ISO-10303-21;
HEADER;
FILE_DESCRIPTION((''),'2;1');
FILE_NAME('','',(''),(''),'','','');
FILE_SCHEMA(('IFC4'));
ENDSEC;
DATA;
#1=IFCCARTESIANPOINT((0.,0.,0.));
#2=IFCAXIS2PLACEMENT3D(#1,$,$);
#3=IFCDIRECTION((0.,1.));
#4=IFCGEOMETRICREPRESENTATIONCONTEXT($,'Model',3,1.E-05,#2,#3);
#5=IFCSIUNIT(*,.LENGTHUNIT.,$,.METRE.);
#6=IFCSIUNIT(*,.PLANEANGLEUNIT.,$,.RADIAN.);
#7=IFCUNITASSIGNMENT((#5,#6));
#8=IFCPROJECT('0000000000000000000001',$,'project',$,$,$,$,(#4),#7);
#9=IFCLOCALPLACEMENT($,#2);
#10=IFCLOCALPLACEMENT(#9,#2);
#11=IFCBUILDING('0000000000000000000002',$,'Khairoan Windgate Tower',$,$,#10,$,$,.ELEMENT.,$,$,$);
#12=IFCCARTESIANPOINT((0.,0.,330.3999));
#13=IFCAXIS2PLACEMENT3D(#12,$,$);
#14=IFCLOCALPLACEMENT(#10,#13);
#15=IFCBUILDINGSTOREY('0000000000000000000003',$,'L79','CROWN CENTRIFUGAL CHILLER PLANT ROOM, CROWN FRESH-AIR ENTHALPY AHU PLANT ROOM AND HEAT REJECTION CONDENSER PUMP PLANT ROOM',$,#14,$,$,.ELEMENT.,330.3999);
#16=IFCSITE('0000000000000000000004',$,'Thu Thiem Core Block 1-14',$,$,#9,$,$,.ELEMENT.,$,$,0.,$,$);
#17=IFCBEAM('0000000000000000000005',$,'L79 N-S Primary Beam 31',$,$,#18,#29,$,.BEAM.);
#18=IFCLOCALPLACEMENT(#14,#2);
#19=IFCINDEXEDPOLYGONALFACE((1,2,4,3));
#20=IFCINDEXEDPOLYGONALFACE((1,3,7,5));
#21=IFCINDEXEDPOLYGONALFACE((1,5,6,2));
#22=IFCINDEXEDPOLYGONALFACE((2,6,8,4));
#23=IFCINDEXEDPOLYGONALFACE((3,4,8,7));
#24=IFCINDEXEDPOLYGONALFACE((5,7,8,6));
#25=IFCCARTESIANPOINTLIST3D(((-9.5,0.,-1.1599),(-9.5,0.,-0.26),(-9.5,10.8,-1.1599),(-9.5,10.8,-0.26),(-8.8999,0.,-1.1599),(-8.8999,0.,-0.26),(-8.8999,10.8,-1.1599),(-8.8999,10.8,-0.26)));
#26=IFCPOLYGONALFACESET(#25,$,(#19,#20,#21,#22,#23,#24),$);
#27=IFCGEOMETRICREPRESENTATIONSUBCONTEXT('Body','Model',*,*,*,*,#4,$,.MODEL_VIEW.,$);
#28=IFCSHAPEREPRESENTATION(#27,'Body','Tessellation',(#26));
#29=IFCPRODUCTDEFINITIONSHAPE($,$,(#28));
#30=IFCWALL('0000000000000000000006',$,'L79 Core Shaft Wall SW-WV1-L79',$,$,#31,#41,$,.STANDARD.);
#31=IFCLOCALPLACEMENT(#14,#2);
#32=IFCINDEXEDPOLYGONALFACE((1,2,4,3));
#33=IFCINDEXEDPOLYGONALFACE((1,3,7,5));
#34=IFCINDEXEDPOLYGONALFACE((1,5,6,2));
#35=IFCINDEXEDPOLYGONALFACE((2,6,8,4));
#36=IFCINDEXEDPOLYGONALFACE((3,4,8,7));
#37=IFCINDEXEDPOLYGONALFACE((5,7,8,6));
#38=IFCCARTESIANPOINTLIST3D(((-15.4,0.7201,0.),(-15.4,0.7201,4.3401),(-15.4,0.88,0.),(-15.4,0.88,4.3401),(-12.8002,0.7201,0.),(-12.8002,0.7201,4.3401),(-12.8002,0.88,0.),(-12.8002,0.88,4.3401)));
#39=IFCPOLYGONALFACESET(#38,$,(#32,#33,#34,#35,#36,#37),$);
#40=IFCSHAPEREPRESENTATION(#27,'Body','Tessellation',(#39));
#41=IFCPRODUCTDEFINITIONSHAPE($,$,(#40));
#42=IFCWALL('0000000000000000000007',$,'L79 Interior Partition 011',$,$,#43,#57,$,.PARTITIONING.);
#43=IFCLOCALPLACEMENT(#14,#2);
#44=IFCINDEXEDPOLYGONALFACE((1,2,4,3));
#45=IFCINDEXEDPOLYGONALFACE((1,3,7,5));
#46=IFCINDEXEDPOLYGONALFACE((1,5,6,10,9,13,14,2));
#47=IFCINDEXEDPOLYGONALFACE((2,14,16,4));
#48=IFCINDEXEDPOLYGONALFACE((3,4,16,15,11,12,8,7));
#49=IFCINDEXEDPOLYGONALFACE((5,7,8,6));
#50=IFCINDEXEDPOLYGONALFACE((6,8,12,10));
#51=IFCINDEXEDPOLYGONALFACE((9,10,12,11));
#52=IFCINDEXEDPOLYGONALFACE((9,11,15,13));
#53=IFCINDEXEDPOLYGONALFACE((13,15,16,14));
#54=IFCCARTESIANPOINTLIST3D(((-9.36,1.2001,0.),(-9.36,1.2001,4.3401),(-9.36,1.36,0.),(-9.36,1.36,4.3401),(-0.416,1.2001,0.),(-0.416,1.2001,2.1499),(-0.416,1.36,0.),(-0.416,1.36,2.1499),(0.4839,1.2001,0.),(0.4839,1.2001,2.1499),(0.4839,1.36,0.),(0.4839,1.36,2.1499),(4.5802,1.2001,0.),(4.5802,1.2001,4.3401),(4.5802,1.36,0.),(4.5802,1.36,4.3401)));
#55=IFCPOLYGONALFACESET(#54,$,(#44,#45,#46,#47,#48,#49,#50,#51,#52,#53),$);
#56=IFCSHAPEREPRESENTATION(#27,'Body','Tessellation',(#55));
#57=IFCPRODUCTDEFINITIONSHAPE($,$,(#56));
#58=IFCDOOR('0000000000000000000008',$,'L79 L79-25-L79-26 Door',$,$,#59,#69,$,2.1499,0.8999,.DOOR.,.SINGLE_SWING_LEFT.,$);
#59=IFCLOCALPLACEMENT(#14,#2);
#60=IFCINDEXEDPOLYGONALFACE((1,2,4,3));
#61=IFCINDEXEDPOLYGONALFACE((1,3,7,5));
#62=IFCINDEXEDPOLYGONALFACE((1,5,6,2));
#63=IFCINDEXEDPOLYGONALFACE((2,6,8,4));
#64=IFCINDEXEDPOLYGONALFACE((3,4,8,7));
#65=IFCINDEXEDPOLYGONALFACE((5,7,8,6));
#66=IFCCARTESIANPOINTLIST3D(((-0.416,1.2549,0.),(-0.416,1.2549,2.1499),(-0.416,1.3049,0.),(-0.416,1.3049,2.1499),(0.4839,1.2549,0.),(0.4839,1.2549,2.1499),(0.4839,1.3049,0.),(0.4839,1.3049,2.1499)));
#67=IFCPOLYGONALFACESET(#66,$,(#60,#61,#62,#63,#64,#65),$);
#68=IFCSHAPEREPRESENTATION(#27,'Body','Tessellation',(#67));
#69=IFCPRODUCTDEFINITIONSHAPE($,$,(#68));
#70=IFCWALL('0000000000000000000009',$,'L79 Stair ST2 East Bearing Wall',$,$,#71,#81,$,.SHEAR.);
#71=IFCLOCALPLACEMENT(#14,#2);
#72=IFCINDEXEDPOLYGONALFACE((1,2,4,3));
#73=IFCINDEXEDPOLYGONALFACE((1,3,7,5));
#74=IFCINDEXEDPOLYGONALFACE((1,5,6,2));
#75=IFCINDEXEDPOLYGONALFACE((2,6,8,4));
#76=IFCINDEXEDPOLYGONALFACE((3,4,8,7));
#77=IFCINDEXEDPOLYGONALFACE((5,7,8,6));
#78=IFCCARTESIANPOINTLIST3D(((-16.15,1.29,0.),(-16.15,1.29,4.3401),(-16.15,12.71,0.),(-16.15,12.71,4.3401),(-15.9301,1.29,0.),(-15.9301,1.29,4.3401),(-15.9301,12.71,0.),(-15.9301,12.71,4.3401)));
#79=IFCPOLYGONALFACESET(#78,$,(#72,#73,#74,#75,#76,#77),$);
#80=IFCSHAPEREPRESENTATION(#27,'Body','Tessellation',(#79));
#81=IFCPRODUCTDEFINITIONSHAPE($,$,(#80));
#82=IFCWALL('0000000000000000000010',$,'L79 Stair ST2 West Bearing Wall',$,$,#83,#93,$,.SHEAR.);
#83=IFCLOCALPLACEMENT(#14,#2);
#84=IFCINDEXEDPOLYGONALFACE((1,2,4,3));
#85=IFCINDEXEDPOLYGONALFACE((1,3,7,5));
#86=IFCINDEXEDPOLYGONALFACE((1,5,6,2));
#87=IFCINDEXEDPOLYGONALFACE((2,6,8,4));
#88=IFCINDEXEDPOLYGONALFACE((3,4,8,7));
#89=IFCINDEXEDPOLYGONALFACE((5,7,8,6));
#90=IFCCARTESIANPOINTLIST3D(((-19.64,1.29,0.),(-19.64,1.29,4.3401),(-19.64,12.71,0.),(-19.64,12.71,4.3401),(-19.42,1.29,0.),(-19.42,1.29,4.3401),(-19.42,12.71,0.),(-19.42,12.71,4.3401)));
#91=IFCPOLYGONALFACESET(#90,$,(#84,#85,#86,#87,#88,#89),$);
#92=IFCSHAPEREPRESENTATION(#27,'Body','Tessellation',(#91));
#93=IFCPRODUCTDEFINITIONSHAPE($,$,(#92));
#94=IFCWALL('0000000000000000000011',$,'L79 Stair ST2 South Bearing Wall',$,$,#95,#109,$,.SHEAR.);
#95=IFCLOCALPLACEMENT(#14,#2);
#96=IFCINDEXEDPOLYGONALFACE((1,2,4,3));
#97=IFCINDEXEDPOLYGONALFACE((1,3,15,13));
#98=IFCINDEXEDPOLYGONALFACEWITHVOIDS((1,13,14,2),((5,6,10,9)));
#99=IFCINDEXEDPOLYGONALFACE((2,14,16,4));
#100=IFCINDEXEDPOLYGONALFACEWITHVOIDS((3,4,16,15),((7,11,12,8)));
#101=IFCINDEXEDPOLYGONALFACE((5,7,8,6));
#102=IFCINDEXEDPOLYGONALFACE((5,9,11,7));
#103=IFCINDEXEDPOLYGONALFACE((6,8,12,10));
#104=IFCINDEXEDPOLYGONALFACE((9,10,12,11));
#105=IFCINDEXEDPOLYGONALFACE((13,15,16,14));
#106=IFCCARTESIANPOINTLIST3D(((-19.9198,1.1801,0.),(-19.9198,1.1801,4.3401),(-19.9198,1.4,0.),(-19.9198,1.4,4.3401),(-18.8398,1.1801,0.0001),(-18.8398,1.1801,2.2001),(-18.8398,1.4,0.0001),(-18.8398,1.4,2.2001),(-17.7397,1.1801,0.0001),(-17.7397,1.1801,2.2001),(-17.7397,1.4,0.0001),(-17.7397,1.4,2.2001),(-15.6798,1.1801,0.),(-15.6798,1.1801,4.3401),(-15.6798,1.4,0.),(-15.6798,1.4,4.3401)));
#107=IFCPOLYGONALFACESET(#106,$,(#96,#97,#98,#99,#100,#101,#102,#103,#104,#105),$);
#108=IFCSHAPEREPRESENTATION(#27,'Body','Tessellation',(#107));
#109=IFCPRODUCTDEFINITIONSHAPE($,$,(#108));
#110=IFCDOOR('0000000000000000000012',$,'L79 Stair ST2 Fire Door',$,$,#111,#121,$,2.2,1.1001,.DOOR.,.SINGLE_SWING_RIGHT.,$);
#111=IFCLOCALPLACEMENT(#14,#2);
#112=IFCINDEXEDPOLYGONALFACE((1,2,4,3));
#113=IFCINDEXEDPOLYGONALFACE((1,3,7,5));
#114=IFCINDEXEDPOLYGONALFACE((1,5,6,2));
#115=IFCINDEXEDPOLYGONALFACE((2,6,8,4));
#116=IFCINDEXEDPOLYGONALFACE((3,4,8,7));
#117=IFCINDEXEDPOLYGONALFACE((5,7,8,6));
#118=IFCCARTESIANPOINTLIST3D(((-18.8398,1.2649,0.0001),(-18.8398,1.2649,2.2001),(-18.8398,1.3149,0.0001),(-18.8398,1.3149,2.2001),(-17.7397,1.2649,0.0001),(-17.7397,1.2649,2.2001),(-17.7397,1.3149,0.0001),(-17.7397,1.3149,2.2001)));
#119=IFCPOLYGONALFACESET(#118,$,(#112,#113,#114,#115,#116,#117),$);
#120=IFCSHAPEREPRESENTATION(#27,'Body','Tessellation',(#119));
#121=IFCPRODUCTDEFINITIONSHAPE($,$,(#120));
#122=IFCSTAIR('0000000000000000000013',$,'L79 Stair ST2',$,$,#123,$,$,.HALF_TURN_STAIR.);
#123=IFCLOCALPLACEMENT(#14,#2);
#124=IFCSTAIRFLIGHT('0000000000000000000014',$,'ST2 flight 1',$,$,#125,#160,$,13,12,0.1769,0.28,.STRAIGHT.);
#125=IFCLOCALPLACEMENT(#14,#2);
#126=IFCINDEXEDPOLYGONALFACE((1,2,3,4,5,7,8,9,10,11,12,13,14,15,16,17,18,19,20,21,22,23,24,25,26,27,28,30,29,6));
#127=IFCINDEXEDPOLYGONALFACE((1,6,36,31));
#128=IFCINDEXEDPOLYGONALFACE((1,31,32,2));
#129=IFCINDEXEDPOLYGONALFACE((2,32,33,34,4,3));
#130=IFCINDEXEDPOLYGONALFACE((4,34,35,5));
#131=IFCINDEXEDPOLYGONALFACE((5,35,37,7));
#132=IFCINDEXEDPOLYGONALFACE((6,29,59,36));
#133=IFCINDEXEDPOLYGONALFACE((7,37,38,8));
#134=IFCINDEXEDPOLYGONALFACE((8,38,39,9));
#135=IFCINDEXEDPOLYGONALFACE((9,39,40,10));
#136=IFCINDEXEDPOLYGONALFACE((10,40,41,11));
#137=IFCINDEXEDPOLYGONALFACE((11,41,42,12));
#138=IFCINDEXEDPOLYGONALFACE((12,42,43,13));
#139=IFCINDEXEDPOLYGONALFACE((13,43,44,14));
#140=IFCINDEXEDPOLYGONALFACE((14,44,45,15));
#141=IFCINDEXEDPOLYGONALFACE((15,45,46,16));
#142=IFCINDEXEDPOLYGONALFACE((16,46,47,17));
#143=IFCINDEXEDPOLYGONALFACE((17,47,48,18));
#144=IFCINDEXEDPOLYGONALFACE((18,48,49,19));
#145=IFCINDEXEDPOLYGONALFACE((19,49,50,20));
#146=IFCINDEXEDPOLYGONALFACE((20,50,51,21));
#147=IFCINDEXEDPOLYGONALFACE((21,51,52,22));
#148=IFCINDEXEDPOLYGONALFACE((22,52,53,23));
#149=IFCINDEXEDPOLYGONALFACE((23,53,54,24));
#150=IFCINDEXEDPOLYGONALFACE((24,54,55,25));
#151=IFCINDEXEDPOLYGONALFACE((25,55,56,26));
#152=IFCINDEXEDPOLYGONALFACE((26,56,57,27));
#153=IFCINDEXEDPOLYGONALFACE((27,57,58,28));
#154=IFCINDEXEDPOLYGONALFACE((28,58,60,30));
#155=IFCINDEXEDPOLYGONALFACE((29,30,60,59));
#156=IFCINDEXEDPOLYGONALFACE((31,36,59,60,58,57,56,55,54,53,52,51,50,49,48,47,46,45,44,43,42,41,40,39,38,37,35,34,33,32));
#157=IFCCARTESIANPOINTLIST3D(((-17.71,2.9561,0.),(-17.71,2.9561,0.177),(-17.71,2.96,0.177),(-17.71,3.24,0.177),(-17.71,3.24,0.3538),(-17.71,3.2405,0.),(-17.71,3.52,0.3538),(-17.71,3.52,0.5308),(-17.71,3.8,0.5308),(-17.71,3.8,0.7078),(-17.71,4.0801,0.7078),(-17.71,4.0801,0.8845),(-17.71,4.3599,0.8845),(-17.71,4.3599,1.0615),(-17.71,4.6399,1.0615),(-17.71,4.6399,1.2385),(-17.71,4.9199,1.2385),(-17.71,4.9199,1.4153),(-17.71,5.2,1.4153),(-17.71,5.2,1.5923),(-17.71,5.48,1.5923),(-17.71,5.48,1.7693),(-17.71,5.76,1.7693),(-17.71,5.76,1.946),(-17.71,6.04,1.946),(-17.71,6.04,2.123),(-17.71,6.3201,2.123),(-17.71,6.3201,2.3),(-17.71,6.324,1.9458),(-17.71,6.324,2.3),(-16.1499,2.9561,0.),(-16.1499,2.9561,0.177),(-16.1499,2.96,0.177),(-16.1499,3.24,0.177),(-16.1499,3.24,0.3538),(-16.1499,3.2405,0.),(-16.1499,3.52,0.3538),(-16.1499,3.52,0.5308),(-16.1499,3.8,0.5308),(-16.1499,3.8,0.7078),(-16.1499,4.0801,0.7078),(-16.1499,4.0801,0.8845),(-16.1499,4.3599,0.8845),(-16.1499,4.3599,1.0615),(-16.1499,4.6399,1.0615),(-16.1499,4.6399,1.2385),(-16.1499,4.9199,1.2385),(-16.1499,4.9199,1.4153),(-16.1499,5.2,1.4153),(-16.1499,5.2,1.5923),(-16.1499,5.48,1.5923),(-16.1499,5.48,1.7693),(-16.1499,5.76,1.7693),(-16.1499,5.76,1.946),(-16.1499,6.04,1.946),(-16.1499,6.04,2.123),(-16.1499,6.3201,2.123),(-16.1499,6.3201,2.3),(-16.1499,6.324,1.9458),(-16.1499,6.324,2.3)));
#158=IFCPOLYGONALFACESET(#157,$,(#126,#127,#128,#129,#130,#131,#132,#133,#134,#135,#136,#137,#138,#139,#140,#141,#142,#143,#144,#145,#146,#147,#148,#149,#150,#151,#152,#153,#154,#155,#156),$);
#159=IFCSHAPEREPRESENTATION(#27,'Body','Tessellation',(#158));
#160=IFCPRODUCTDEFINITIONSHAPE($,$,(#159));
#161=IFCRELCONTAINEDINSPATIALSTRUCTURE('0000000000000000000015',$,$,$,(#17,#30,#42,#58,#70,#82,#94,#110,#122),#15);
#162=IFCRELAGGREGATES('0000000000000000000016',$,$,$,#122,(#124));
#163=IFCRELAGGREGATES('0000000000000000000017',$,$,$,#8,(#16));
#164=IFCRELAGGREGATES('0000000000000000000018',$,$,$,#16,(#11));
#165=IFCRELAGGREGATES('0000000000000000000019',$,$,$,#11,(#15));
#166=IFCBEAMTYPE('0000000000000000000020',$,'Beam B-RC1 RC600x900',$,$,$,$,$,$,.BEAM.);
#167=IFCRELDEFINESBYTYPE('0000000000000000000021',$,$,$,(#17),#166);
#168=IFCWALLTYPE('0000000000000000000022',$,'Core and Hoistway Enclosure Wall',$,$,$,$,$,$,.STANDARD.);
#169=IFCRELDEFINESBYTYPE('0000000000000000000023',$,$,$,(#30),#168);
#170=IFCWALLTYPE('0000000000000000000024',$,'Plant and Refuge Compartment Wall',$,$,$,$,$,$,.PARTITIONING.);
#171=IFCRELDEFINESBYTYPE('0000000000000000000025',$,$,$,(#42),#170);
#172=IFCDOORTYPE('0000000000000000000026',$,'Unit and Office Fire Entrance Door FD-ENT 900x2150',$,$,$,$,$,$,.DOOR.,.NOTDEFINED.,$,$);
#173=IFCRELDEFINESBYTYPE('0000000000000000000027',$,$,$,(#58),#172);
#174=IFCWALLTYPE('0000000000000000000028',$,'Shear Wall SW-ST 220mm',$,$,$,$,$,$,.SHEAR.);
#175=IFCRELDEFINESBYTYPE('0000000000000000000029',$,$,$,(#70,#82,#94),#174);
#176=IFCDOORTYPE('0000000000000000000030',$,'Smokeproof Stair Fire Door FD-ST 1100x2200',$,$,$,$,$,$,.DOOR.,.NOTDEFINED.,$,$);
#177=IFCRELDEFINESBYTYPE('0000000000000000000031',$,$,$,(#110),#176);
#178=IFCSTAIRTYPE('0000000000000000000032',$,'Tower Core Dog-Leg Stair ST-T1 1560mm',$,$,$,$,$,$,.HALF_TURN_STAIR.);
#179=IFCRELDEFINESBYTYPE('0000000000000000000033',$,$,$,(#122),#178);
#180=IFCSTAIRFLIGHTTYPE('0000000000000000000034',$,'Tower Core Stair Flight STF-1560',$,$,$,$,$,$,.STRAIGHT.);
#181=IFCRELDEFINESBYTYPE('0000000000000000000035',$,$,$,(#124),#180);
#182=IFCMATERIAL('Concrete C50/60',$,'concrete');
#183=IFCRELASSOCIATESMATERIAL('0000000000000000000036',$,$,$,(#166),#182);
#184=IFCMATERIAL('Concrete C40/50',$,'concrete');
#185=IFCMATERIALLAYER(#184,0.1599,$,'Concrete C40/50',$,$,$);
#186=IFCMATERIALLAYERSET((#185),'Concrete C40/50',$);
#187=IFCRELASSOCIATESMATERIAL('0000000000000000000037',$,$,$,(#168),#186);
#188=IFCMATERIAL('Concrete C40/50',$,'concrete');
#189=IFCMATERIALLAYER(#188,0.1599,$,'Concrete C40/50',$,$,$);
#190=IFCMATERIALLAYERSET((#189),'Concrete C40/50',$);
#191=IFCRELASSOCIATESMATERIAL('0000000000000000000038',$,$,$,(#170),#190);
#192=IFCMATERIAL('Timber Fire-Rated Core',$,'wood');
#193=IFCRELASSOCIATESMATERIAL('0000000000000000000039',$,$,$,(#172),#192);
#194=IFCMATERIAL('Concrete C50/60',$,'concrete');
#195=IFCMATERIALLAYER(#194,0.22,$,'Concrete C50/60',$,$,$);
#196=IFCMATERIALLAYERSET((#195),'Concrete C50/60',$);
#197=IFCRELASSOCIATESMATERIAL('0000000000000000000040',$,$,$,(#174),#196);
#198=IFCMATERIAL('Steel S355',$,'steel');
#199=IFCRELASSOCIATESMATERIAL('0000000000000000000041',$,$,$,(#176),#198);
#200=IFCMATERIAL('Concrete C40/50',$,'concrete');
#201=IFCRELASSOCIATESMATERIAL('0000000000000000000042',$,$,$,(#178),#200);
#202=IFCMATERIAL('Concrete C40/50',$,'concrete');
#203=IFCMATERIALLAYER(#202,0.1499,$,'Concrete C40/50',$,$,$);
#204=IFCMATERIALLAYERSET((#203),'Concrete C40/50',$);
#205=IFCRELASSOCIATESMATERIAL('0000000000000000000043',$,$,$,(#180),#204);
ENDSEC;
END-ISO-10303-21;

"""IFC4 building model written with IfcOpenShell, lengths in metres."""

from ifc_helpers import new_model, si_unit, direction, frame, frame_2d, origin, origin_2d, place, context, subcontext, project, spatial, polyline, rectangle, outline, extrude, material, layer, layer_set, material_profile, profile_set, type_object, element, fill, aggregate, save


model = new_model("IFC4")

# Units and contexts
model_context = context("Model", 3, precision=1e-05, world=origin(), true_north=direction((0.0, 1.0)))
body_context = subcontext(model_context, "Body", "Model", "MODEL_VIEW")
ifc_project = project(units=[si_unit("LENGTHUNIT", "METRE"), si_unit("PLANEANGLEUNIT", "RADIAN")], contexts=[model_context])

# Site, building, storey
site_placement = place(None, origin())
site = spatial("IfcSite", under=ifc_project, at=site_placement, Name="Thu Thiem Core Block 1-14", CompositionType="ELEMENT", RefElevation=0.0)
building_placement = place(site_placement, origin())
building = spatial("IfcBuilding", under=site, at=building_placement, Name="Khairoan Windgate Tower", CompositionType="ELEMENT")
storey_placement = place(building_placement, frame((0.0, 0.0, 330.3999)))
storey = spatial("IfcBuildingStorey", under=building, at=storey_placement, Name="L79", Description="CROWN CENTRIFUGAL CHILLER PLANT ROOM, CROWN FRESH-AIR ENTHALPY AHU PLANT ROOM AND HEAT REJECTION CONDENSER PUMP PLANT ROOM", CompositionType="ELEMENT", Elevation=330.3999)

# Beam
ifc_material_1 = material(Name="Concrete C50/60", Category="concrete")
ifc_material_profile = material_profile(ifc_material_1, rectangle(XDim=0.6001, YDim=0.8999, at=origin_2d()))
ifc_profile_set = profile_set([ifc_material_profile], Name="Concrete C50/60")
beam_type = type_object("IfcBeamType", Name="Beam B-RC1 RC600x900", PredefinedType="BEAM", material=ifc_profile_set)
beam_placement = place(storey_placement, frame((-9.2, 0.0, -0.71), z_axis=(0.0, 1.0, 0.0), x_axis=(-1.0, 0.0, 0.0)))
element("IfcBeam", 1, at=beam_placement, inside=storey, type_object=beam_type, Name="L79 N-S Primary Beam 31", PredefinedType="BEAM", context=body_context, shape_type="SweptSolid", body=[
    extrude(rectangle(XDim=0.6001, YDim=0.8999, at=origin_2d()), origin(), (0.0, 0.0, 1.0), 10.8),
])

# Wall
ifc_material_2 = material(Name="Concrete C40/50", Category="concrete")
ifc_layer_1 = layer(ifc_material_2, 0.1599, Name="Concrete C40/50")
ifc_layer_set_1 = layer_set([ifc_layer_1], Name="Concrete C40/50")
wall_type_1 = type_object("IfcWallType", Name="Core and Hoistway Enclosure Wall", PredefinedType="STANDARD", material=ifc_layer_set_1)
wall_1_placement = place(storey_placement, frame((-15.3999, 0.8, 0.0), z_axis=(0.0, 0.0, 1.0), x_axis=(1.0, 0.0, 0.0)))
element("IfcWall", 2, at=wall_1_placement, inside=storey, type_object=wall_type_1, Name="L79 Core Shaft Wall SW-WV1-L79", PredefinedType="STANDARD", context=body_context, shape_type="SweptSolid", body=[
    extrude(rectangle(XDim=2.5999, YDim=0.1599, at=frame_2d((1.2998, 0.0))), origin(), (0.0, 0.0, 1.0), 4.3401),
])

# Wall, opening, door
ifc_material_3 = material(Name="Concrete C40/50", Category="concrete")
ifc_layer_2 = layer(ifc_material_3, 0.1599, Name="Concrete C40/50")
ifc_layer_set_2 = layer_set([ifc_layer_2], Name="Concrete C40/50")
wall_type_2 = type_object("IfcWallType", Name="Plant and Refuge Compartment Wall", PredefinedType="PARTITIONING", material=ifc_layer_set_2)
wall_2_placement = place(storey_placement, frame((-9.3601, 1.28, 0.0), z_axis=(0.0, 0.0, 1.0), x_axis=(1.0, 0.0, 0.0)))
wall_2 = element("IfcWall", 3, at=wall_2_placement, inside=storey, type_object=wall_type_2, Name="L79 Interior Partition 011", PredefinedType="PARTITIONING", context=body_context, shape_type="SweptSolid", body=[
    extrude(rectangle(XDim=13.9402, YDim=0.1599, at=frame_2d((6.9702, 0.0))), origin(), (0.0, 0.0, 1.0), 4.3401),
])
opening_1_placement = place(wall_2_placement, frame((8.9441, 0.0, 0.0)))
opening_1 = element("IfcOpeningElement", 4, at=opening_1_placement, cuts=wall_2, PredefinedType="OPENING", context=body_context, shape_type="SweptSolid", body=[
    extrude(rectangle(XDim=0.8999, YDim=2.1499, at=frame_2d((0.45, 1.075))), frame((0.0, 0.0898, 0.0), z_axis=(0.0, -1.0, 0.0), x_axis=(1.0, 0.0, 0.0)), (0.0, 0.0, 1.0), 0.1799),
])
ifc_material_4 = material(Name="Timber Fire-Rated Core", Category="wood")
door_type_1 = type_object("IfcDoorType", Name="Unit and Office Fire Entrance Door FD-ENT 900x2150", OperationType="NOTDEFINED", PredefinedType="DOOR", material=ifc_material_4)
door_1_placement = place(opening_1_placement, origin())
door_1 = element("IfcDoor", 5, at=door_1_placement, inside=storey, type_object=door_type_1, Name="L79 L79-25-L79-26 Door", OperationType="SINGLE_SWING_LEFT", OverallHeight=2.1499, OverallWidth=0.8999, PredefinedType="DOOR", context=body_context, shape_type="SweptSolid", body=[
    extrude(rectangle(XDim=0.8999, YDim=2.1499, at=frame_2d((0.45, 1.075))), frame((0.0, 0.0249, 0.0), z_axis=(0.0, -1.0, 0.0), x_axis=(1.0, 0.0, 0.0)), (0.0, 0.0, 1.0), 0.05),
])
fill(opening_1, door_1)

# Walls
ifc_material_5 = material(Name="Concrete C50/60", Category="concrete")
ifc_layer_3 = layer(ifc_material_5, 0.22, Name="Concrete C50/60")
ifc_layer_set_3 = layer_set([ifc_layer_3], Name="Concrete C50/60")
wall_type_3 = type_object("IfcWallType", Name="Shear Wall SW-ST 220mm", PredefinedType="SHEAR", material=ifc_layer_set_3)
for number, where, z_axis, x_axis, name in (
    (6, (-16.04, 1.29, 0.0), (0.0, 0.0, 1.0), (0.0, 1.0, 0.0), "L79 Stair ST2 East Bearing Wall"),
    (7, (-19.53, 1.29, 0.0), (0.0, 0.0, 1.0), (0.0, 1.0, 0.0), "L79 Stair ST2 West Bearing Wall"),
):
    element("IfcWall", number, at=place(storey_placement, frame(where, z_axis=z_axis, x_axis=x_axis)), inside=storey, type_object=wall_type_3, Name=name, PredefinedType="SHEAR", context=body_context, shape_type="SweptSolid", body=[
        extrude(rectangle(XDim=11.4199, YDim=0.22, at=frame_2d((5.71, 0.0))), origin(), (0.0, 0.0, 1.0), 4.3401),
    ])

# Wall, opening, door
wall_3_placement = place(storey_placement, frame((-19.9199, 1.29, 0.0), z_axis=(0.0, 0.0, 1.0), x_axis=(1.0, 0.0, 0.0)))
wall_3 = element("IfcWall", 8, at=wall_3_placement, inside=storey, type_object=wall_type_3, Name="L79 Stair ST2 South Bearing Wall", PredefinedType="SHEAR", context=body_context, shape_type="SweptSolid", body=[
    extrude(rectangle(XDim=4.24, YDim=0.22, at=frame_2d((2.1201, 0.0))), origin(), (0.0, 0.0, 1.0), 4.3401),
])
opening_2_placement = place(wall_3_placement, frame((1.0801, 0.0, 0.0)))
opening_2 = element("IfcOpeningElement", 9, at=opening_2_placement, cuts=wall_3, PredefinedType="OPENING", context=body_context, shape_type="SweptSolid", body=[
    extrude(rectangle(XDim=1.1001, YDim=2.2, at=frame_2d((0.55, 1.1001))), frame((0.0, 0.1199, 0.0), z_axis=(0.0, -1.0, 0.0), x_axis=(1.0, 0.0, 0.0)), (0.0, 0.0, 1.0), 0.24),
])
ifc_material_6 = material(Name="Steel S355", Category="steel")
door_type_2 = type_object("IfcDoorType", Name="Smokeproof Stair Fire Door FD-ST 1100x2200", OperationType="NOTDEFINED", PredefinedType="DOOR", material=ifc_material_6)
door_2_placement = place(opening_2_placement, origin())
door_2 = element("IfcDoor", 10, at=door_2_placement, inside=storey, type_object=door_type_2, Name="L79 Stair ST2 Fire Door", OperationType="SINGLE_SWING_RIGHT", OverallHeight=2.2, OverallWidth=1.1001, PredefinedType="DOOR", context=body_context, shape_type="SweptSolid", body=[
    extrude(rectangle(XDim=1.1001, YDim=2.2, at=frame_2d((0.55, 1.1001))), frame((0.0, 0.0249, 0.0), z_axis=(0.0, -1.0, 0.0), x_axis=(1.0, 0.0, 0.0)), (0.0, 0.0, 1.0), 0.05),
])
fill(opening_2, door_2)

# Stair, stair flight
ifc_material_7 = material(Name="Concrete C40/50", Category="concrete")
stair_type = type_object("IfcStairType", Name="Tower Core Dog-Leg Stair ST-T1 1560mm", PredefinedType="HALF_TURN_STAIR", material=ifc_material_7)
stair_placement = place(storey_placement, origin())
stair = element("IfcStair", 11, at=stair_placement, inside=storey, type_object=stair_type, Name="L79 Stair ST2", PredefinedType="HALF_TURN_STAIR")
ifc_material_8 = material(Name="Concrete C40/50", Category="concrete")
ifc_layer_4 = layer(ifc_material_8, 0.1499, Name="Concrete C40/50")
ifc_layer_set_4 = layer_set([ifc_layer_4], Name="Concrete C40/50")
stair_flight_type = type_object("IfcStairFlightType", Name="Tower Core Stair Flight STF-1560", PredefinedType="STRAIGHT", material=ifc_layer_set_4)
stair_flight_1_placement = place(storey_placement, frame((-16.9299, 2.96, 0.0), z_axis=(0.0, 0.0, 1.0), x_axis=(0.0, 1.0, 0.0)))
stair_flight_1 = element("IfcStairFlight", 12, at=stair_flight_1_placement, type_object=stair_flight_type, Name="ST2 flight 1", NumberOfRisers=13, NumberOfTreads=12, PredefinedType="STRAIGHT", RiserHeight=0.1769, TreadLength=0.28, context=body_context, shape_type="SweptSolid", body=[
    extrude(outline(polyline([(-0.0039, 0.0), (-0.0039, 0.177), (0.0, 0.177), (0.28, 0.177), (0.28, 0.3538), (0.5601, 0.3538), (0.5601, 0.5308), (0.8401, 0.5308), (0.8401, 0.7078), (1.1201, 0.7078), (1.1201, 0.8845), (1.3999, 0.8845), (1.3999, 1.0615), (1.6799, 1.0615), (1.6799, 1.2385), (1.96, 1.2385), (1.96, 1.4153), (2.24, 1.4153), (2.24, 1.5923), (2.52, 1.5923), (2.52, 1.7693), (2.8, 1.7693), (2.8, 1.946), (3.0801, 1.946), (3.0801, 2.123), (3.3601, 2.123), (3.3601, 2.3), (3.364, 2.3), (3.364, 1.9458), (0.2805, 0.0), (-0.0039, 0.0)])), frame((0.0, 0.78, 0.0), z_axis=(0.0, -1.0, 0.0), x_axis=(1.0, 0.0, 0.0)), (0.0, 0.0, 1.0), 1.5601),
])
aggregate(stair, [stair_flight_1])

save(model, "model.ifc")
